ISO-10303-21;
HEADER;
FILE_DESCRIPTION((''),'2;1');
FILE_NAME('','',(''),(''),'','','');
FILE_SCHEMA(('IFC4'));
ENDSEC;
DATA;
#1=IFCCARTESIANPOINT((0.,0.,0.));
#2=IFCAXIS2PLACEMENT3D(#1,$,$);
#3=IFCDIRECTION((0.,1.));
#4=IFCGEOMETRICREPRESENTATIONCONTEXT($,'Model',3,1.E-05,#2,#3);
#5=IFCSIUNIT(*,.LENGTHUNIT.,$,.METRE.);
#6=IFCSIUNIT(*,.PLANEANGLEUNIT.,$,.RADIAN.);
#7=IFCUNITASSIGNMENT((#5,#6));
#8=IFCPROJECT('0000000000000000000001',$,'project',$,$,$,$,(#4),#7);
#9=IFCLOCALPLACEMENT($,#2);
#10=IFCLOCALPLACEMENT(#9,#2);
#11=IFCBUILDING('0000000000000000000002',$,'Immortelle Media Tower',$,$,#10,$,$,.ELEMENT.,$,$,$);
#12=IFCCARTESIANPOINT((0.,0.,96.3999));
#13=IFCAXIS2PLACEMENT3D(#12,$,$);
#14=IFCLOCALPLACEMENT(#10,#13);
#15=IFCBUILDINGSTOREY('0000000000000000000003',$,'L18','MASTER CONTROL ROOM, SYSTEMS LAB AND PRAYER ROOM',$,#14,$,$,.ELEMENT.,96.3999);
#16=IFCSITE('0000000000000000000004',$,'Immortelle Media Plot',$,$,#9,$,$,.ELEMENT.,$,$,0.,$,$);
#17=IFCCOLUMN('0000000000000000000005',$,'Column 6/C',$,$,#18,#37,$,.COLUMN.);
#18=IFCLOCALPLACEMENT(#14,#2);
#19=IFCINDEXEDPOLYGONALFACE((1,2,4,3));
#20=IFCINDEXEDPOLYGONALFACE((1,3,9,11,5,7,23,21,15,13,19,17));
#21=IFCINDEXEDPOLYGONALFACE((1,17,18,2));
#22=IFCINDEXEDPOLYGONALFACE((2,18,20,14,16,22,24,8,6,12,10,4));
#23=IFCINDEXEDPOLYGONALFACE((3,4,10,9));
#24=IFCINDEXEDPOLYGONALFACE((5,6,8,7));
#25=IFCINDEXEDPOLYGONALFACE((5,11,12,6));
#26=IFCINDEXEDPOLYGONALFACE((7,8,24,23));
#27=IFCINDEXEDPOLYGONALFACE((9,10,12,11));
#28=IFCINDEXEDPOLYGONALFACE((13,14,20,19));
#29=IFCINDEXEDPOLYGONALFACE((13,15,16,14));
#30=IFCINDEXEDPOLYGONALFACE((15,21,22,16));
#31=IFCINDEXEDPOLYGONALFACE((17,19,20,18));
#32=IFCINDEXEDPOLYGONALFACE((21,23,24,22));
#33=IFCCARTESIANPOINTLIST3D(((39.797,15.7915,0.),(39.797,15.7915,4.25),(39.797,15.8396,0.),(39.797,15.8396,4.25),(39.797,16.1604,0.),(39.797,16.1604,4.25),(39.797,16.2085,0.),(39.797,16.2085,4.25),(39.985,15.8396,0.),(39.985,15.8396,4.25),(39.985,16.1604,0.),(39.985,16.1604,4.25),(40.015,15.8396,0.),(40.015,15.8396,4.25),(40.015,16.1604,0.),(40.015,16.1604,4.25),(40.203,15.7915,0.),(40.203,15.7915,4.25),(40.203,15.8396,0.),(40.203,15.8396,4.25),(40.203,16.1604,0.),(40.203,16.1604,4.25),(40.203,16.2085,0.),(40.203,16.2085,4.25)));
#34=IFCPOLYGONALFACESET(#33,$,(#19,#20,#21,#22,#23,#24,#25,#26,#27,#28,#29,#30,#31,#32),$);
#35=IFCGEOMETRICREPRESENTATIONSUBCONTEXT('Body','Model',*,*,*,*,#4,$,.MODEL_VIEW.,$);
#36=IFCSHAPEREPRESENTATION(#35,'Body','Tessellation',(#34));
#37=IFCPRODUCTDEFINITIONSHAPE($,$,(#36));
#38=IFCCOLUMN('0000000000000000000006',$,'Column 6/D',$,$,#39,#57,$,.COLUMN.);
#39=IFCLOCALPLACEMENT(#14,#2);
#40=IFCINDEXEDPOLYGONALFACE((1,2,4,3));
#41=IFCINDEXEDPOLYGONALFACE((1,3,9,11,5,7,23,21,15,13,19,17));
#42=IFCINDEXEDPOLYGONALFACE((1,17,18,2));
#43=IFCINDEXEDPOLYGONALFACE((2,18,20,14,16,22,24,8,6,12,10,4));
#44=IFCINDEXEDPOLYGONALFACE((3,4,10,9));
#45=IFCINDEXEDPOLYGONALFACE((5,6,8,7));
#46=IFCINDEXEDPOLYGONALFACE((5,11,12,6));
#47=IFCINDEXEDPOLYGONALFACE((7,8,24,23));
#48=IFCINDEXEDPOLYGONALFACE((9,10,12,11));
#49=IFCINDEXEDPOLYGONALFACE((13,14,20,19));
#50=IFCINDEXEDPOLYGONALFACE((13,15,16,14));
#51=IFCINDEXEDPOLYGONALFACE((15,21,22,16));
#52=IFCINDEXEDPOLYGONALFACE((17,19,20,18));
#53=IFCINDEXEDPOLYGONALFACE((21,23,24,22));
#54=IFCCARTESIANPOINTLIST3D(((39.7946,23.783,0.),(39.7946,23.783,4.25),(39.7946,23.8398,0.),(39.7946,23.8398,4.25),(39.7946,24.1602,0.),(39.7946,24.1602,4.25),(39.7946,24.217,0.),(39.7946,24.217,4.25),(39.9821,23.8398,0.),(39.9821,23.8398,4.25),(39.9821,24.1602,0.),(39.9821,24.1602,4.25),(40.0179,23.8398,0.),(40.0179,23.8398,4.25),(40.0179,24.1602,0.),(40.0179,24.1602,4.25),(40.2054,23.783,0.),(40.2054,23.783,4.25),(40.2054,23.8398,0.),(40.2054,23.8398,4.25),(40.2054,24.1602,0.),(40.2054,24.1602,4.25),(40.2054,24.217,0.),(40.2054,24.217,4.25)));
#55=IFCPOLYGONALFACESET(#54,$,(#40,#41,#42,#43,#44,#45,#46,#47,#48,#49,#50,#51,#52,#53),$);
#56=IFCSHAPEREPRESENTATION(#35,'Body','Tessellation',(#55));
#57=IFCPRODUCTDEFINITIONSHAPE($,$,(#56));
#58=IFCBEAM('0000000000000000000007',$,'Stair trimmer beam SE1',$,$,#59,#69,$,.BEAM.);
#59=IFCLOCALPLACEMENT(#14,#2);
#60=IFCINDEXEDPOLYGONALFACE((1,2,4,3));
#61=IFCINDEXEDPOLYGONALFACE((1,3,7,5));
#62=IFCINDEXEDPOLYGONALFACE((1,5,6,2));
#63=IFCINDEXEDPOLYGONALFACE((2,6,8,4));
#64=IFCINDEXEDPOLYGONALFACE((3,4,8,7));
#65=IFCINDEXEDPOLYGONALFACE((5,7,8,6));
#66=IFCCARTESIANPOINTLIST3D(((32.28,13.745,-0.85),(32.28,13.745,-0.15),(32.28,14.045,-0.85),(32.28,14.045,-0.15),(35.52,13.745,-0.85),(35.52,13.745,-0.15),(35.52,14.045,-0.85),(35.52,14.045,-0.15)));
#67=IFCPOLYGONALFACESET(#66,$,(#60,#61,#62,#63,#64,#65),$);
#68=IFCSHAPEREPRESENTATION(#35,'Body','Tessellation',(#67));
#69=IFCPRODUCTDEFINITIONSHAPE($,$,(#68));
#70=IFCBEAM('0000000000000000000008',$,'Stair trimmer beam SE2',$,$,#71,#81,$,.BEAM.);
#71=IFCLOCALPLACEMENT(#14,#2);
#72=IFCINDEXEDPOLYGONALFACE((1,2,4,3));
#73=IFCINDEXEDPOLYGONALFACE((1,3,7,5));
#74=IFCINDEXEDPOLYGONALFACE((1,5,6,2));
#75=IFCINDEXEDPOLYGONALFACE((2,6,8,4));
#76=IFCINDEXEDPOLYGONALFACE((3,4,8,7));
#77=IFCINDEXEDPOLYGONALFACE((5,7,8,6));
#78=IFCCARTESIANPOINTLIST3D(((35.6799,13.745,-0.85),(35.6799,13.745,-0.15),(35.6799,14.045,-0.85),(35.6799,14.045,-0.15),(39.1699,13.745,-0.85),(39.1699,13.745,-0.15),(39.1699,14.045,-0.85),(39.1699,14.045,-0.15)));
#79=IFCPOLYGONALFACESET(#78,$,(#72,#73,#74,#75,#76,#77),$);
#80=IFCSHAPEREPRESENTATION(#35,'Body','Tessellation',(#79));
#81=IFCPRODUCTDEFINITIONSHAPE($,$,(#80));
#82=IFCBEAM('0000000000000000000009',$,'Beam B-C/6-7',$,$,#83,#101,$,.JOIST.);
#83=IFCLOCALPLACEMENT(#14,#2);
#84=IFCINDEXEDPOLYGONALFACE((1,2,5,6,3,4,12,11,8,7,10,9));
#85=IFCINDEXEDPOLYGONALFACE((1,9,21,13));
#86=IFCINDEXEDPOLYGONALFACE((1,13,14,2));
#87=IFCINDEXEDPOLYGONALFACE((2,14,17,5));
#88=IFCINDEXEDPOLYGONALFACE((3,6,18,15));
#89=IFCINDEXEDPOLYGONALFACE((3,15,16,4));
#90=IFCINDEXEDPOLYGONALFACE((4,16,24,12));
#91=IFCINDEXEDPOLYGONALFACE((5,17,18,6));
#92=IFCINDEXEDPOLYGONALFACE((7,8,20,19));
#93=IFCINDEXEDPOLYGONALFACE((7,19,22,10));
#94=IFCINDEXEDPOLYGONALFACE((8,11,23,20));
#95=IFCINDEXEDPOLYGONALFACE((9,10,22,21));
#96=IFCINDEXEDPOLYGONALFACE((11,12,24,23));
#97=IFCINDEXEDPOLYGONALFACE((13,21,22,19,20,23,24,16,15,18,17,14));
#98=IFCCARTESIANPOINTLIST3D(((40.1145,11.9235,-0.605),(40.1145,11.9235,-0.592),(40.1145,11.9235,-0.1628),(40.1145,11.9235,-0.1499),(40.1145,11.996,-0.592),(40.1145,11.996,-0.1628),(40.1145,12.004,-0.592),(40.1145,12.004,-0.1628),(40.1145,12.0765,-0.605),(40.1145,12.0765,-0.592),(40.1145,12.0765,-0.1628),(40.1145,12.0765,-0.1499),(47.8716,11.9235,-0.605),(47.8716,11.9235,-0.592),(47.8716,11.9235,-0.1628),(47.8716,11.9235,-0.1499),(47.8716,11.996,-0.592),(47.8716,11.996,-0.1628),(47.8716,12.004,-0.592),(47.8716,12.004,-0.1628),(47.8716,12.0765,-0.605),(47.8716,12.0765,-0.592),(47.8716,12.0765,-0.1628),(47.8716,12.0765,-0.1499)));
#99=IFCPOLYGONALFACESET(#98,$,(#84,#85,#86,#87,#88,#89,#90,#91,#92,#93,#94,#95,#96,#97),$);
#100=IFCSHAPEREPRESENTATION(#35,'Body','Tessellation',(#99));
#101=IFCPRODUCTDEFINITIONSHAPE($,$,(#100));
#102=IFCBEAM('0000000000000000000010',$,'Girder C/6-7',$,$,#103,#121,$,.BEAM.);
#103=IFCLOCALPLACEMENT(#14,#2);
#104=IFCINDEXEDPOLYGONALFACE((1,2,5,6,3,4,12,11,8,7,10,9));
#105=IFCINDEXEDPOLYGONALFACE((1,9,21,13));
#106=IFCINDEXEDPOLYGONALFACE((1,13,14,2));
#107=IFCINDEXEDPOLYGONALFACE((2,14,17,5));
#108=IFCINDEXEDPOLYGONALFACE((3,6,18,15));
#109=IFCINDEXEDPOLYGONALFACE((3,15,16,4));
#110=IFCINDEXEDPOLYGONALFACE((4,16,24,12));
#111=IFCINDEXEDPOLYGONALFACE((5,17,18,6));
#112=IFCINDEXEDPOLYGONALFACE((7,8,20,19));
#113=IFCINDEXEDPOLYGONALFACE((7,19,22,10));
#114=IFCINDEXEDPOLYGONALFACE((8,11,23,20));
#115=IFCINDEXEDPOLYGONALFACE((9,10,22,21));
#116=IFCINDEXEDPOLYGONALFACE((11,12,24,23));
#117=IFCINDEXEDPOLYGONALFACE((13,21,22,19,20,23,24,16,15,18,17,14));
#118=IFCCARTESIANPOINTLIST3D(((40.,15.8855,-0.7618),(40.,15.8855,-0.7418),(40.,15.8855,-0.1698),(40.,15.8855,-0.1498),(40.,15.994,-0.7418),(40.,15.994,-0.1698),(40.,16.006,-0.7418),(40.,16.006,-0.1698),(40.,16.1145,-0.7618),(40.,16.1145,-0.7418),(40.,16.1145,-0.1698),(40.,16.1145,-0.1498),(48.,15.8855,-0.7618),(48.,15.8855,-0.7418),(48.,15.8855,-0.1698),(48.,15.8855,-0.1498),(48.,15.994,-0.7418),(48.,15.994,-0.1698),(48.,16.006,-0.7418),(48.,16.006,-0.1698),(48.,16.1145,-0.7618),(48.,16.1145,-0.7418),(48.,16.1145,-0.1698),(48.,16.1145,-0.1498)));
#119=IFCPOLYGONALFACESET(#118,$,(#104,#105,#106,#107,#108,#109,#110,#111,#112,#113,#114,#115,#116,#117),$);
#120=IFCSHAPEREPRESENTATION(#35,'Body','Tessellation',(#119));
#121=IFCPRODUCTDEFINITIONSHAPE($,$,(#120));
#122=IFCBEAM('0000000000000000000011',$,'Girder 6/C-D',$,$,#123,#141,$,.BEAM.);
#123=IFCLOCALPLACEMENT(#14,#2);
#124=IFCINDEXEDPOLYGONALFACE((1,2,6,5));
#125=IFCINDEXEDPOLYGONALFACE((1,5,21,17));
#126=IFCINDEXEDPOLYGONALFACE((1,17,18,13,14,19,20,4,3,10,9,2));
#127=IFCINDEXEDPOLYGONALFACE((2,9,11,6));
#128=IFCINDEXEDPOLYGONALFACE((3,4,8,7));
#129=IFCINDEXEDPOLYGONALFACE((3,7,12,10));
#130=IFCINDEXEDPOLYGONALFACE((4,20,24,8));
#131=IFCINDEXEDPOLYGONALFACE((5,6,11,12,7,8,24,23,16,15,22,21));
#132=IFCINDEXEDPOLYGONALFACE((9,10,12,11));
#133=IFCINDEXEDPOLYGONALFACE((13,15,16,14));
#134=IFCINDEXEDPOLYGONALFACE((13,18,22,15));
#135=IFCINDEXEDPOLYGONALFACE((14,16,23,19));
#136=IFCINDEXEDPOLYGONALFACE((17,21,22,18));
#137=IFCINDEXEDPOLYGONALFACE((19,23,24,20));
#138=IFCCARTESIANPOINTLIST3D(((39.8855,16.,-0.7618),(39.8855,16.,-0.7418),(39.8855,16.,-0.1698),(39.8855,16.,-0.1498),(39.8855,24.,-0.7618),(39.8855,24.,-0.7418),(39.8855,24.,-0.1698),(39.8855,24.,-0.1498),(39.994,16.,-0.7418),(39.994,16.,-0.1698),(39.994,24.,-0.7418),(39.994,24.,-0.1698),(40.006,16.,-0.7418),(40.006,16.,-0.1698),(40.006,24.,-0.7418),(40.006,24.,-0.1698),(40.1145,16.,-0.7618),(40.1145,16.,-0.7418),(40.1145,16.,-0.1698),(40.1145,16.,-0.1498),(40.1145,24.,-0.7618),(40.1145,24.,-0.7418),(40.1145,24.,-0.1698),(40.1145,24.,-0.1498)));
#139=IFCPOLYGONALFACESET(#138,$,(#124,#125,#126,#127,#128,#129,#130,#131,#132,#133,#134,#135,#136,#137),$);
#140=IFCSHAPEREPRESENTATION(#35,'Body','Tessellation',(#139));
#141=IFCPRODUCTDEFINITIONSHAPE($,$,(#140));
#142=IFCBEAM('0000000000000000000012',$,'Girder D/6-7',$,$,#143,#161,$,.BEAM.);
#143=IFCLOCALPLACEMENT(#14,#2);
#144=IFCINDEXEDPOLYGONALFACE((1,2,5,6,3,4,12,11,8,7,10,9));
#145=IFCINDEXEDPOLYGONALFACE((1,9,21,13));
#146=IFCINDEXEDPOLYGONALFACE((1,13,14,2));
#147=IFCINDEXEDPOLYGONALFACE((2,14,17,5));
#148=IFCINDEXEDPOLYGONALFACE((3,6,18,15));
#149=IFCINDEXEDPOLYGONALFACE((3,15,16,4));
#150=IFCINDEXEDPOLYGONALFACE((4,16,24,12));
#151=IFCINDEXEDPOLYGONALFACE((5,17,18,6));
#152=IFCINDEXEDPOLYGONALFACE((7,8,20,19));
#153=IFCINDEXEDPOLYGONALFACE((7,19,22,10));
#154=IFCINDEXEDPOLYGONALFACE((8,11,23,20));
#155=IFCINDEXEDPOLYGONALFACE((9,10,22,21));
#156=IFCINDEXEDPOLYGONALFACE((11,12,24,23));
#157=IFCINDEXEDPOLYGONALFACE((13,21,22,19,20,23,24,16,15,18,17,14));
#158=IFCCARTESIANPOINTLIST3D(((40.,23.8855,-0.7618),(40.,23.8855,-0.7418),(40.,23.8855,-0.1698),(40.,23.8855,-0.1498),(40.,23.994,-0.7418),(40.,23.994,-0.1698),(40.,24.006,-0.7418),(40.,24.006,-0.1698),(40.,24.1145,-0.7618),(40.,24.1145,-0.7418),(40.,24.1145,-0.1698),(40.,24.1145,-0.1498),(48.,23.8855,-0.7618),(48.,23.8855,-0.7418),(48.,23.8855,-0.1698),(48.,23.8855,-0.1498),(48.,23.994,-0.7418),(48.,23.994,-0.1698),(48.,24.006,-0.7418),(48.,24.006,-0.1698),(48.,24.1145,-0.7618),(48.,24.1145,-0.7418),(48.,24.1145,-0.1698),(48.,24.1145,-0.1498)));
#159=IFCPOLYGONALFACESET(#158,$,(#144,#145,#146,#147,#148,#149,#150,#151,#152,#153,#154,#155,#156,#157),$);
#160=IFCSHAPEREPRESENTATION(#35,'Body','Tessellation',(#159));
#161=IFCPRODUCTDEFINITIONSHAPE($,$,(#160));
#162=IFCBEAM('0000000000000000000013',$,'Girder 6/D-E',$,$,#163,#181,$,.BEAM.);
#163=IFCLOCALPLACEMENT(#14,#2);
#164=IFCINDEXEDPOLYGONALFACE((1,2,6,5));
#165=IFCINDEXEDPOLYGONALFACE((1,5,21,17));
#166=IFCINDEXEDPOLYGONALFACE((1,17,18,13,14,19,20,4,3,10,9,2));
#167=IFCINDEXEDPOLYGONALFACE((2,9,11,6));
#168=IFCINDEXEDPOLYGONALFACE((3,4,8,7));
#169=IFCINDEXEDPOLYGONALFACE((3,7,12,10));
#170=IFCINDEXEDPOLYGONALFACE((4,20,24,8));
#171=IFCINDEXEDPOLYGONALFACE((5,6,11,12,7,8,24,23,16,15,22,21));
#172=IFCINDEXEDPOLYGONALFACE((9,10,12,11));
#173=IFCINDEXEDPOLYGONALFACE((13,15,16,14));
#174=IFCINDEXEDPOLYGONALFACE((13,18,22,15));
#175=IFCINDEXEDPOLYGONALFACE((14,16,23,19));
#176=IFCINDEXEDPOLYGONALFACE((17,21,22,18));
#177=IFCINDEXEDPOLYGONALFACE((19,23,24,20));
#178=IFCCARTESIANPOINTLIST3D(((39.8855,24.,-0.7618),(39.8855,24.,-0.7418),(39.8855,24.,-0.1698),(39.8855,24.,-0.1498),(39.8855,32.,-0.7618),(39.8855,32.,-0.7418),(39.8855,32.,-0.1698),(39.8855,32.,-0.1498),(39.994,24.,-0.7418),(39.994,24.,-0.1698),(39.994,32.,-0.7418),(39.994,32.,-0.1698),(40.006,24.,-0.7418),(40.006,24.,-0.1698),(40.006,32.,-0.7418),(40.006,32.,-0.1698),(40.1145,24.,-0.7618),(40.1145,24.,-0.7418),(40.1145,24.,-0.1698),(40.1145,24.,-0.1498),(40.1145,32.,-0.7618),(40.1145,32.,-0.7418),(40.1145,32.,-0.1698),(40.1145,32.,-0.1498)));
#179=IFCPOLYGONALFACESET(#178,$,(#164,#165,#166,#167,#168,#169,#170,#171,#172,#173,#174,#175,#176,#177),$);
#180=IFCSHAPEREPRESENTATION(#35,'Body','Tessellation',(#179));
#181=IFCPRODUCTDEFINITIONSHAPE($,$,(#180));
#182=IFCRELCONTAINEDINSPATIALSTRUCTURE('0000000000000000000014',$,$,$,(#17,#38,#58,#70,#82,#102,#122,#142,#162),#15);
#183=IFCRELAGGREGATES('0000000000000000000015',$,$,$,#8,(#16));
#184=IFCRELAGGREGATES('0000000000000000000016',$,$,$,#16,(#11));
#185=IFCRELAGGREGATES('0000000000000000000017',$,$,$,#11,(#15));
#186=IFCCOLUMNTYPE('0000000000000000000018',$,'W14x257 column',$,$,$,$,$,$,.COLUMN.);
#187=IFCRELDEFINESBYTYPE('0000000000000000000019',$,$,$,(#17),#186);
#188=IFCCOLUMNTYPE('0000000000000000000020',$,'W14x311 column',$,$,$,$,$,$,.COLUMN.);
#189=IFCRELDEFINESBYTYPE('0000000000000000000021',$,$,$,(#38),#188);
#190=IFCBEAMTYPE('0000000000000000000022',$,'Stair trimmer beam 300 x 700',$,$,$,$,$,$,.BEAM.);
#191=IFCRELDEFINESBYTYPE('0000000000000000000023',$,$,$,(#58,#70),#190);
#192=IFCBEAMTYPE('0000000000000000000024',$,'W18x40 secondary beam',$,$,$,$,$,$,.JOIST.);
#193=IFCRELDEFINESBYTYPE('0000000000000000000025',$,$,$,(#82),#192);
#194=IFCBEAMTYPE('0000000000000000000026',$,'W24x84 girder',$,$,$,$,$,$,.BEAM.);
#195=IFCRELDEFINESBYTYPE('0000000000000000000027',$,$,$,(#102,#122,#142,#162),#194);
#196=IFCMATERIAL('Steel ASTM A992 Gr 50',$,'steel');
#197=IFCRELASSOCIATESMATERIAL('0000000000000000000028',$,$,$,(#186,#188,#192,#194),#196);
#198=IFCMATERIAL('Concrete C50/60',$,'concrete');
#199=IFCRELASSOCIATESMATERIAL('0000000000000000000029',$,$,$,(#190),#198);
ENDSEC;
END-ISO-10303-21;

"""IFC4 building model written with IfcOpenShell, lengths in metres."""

from ifc_helpers import new_model, si_unit, direction, frame, origin, origin_2d, place, context, subcontext, project, spatial, rectangle, i_section, extrude, material, material_profile, profile_set, type_object, element, save


model = new_model("IFC4")

# Units and contexts
model_context = context("Model", 3, precision=1e-05, world=origin(), true_north=direction((0.0, 1.0)))
body_context = subcontext(model_context, "Body", "Model", "MODEL_VIEW")
ifc_project = project(units=[si_unit("LENGTHUNIT", "METRE"), si_unit("PLANEANGLEUNIT", "RADIAN")], contexts=[model_context])

# Site, building, storey
site_placement = place(None, origin())
site = spatial("IfcSite", under=ifc_project, at=site_placement, Name="Immortelle Media Plot", CompositionType="ELEMENT", RefElevation=0.0)
building_placement = place(site_placement, origin())
building = spatial("IfcBuilding", under=site, at=building_placement, Name="Immortelle Media Tower", CompositionType="ELEMENT")
storey_placement = place(building_placement, frame((0.0, 0.0, 96.3999)))
storey = spatial("IfcBuildingStorey", under=building, at=storey_placement, Name="L18", Description="MASTER CONTROL ROOM, SYSTEMS LAB AND PRAYER ROOM", CompositionType="ELEMENT", Elevation=96.3999)

# Columns
ifc_material_1 = material(Name="Steel ASTM A992 Gr 50", Category="steel")
ifc_material_profile_1 = material_profile(ifc_material_1, i_section(OverallWidth=0.406, OverallDepth=0.417, WebThickness=0.03, FlangeThickness=0.0481, at=origin_2d()), Name="W14x257")
ifc_profile_set_1 = profile_set([ifc_material_profile_1], Name="Steel ASTM A992 Gr 50")
column_type_1 = type_object("IfcColumnType", Name="W14x257 column", PredefinedType="COLUMN", material=ifc_profile_set_1)
column_1_placement = place(storey_placement, frame((40.0, 16.0, 0.0), z_axis=(0.0, 0.0, 1.0), x_axis=(1.0, 0.0, 0.0)))
element("IfcColumn", 1, at=column_1_placement, inside=storey, type_object=column_type_1, Name="Column 6/C", PredefinedType="COLUMN", context=body_context, shape_type="SweptSolid", body=[
    extrude(i_section(OverallWidth=0.406, OverallDepth=0.417, WebThickness=0.03, FlangeThickness=0.0481, at=origin_2d()), origin(), (0.0, 0.0, 1.0), 4.25),
])
ifc_material_profile_2 = material_profile(ifc_material_1, i_section(OverallWidth=0.4109, OverallDepth=0.4341, WebThickness=0.0359, FlangeThickness=0.0569, at=origin_2d()), Name="W14x311")
ifc_profile_set_2 = profile_set([ifc_material_profile_2], Name="Steel ASTM A992 Gr 50")
column_type_2 = type_object("IfcColumnType", Name="W14x311 column", PredefinedType="COLUMN", material=ifc_profile_set_2)
column_2_placement = place(storey_placement, frame((40.0, 24.0, 0.0), z_axis=(0.0, 0.0, 1.0), x_axis=(1.0, 0.0, 0.0)))
element("IfcColumn", 2, at=column_2_placement, inside=storey, type_object=column_type_2, Name="Column 6/D", PredefinedType="COLUMN", context=body_context, shape_type="SweptSolid", body=[
    extrude(i_section(OverallWidth=0.4109, OverallDepth=0.4341, WebThickness=0.0359, FlangeThickness=0.0569, at=origin_2d()), origin(), (0.0, 0.0, 1.0), 4.25),
])

# Beams
ifc_material_2 = material(Name="Concrete C50/60", Category="concrete")
ifc_material_profile_3 = material_profile(ifc_material_2, rectangle(XDim=0.3, YDim=0.7, at=origin_2d()), Name="RC 300x700")
ifc_profile_set_3 = profile_set([ifc_material_profile_3], Name="Concrete C50/60")
beam_type_1 = type_object("IfcBeamType", Name="Stair trimmer beam 300 x 700", PredefinedType="BEAM", material=ifc_profile_set_3)
beam_1_placement = place(storey_placement, frame((32.28, 13.895, -0.5), z_axis=(1.0, 0.0, 0.0), x_axis=(0.0, 1.0, 0.0)))
element("IfcBeam", 3, at=beam_1_placement, inside=storey, type_object=beam_type_1, Name="Stair trimmer beam SE1", PredefinedType="BEAM", context=body_context, shape_type="SweptSolid", body=[
    extrude(rectangle(XDim=0.3, YDim=0.7, at=origin_2d()), origin(), (0.0, 0.0, 1.0), 3.24),
])
beam_2_placement = place(storey_placement, frame((35.6799, 13.895, -0.5), z_axis=(1.0, 0.0, 0.0), x_axis=(0.0, 1.0, 0.0)))
element("IfcBeam", 4, at=beam_2_placement, inside=storey, type_object=beam_type_1, Name="Stair trimmer beam SE2", PredefinedType="BEAM", context=body_context, shape_type="SweptSolid", body=[
    extrude(rectangle(XDim=0.3, YDim=0.7, at=origin_2d()), origin(), (0.0, 0.0, 1.0), 3.49),
])
ifc_material_profile_4 = material_profile(ifc_material_1, i_section(OverallWidth=0.1531, OverallDepth=0.4551, WebThickness=0.0081, FlangeThickness=0.0129, at=origin_2d()), Name="W18x40")
ifc_profile_set_4 = profile_set([ifc_material_profile_4], Name="Steel ASTM A992 Gr 50")
beam_type_2 = type_object("IfcBeamType", Name="W18x40 secondary beam", PredefinedType="JOIST", material=ifc_profile_set_4)
beam_3_placement = place(storey_placement, frame((40.1145, 12.0, -0.3774), z_axis=(1.0, 0.0, 0.0), x_axis=(0.0, 1.0, 0.0)))
element("IfcBeam", 5, at=beam_3_placement, inside=storey, type_object=beam_type_2, Name="Beam B-C/6-7", PredefinedType="JOIST", context=body_context, shape_type="SweptSolid", body=[
    extrude(i_section(OverallWidth=0.1531, OverallDepth=0.4551, WebThickness=0.0081, FlangeThickness=0.0129, at=origin_2d()), origin(), (0.0, 0.0, 1.0), 7.7571),
])
ifc_material_profile_5 = material_profile(ifc_material_1, i_section(OverallWidth=0.229, OverallDepth=0.6121, WebThickness=0.012, FlangeThickness=0.02, at=origin_2d()), Name="W24x84")
ifc_profile_set_5 = profile_set([ifc_material_profile_5], Name="Steel ASTM A992 Gr 50")
beam_type_3 = type_object("IfcBeamType", Name="W24x84 girder", PredefinedType="BEAM", material=ifc_profile_set_5)
for number, where, z_axis, x_axis, name in (
    (6, (40.0, 16.0, -0.4558), (1.0, 0.0, 0.0), (0.0, 1.0, 0.0), "Girder C/6-7"),
    (7, (40.0, 16.0, -0.4558), (0.0, 1.0, 0.0), (-1.0, 0.0, 0.0), "Girder 6/C-D"),
    (8, (40.0, 24.0, -0.4558), (1.0, 0.0, 0.0), (0.0, 1.0, 0.0), "Girder D/6-7"),
    (9, (40.0, 24.0, -0.4558), (0.0, 1.0, 0.0), (-1.0, 0.0, 0.0), "Girder 6/D-E"),
):
    element("IfcBeam", number, at=place(storey_placement, frame(where, z_axis=z_axis, x_axis=x_axis)), inside=storey, type_object=beam_type_3, Name=name, PredefinedType="BEAM", context=body_context, shape_type="SweptSolid", body=[
        extrude(i_section(OverallWidth=0.229, OverallDepth=0.6121, WebThickness=0.012, FlangeThickness=0.02, at=origin_2d()), origin(), (0.0, 0.0, 1.0), 8.0),
    ])

save(model, "model.ifc")
